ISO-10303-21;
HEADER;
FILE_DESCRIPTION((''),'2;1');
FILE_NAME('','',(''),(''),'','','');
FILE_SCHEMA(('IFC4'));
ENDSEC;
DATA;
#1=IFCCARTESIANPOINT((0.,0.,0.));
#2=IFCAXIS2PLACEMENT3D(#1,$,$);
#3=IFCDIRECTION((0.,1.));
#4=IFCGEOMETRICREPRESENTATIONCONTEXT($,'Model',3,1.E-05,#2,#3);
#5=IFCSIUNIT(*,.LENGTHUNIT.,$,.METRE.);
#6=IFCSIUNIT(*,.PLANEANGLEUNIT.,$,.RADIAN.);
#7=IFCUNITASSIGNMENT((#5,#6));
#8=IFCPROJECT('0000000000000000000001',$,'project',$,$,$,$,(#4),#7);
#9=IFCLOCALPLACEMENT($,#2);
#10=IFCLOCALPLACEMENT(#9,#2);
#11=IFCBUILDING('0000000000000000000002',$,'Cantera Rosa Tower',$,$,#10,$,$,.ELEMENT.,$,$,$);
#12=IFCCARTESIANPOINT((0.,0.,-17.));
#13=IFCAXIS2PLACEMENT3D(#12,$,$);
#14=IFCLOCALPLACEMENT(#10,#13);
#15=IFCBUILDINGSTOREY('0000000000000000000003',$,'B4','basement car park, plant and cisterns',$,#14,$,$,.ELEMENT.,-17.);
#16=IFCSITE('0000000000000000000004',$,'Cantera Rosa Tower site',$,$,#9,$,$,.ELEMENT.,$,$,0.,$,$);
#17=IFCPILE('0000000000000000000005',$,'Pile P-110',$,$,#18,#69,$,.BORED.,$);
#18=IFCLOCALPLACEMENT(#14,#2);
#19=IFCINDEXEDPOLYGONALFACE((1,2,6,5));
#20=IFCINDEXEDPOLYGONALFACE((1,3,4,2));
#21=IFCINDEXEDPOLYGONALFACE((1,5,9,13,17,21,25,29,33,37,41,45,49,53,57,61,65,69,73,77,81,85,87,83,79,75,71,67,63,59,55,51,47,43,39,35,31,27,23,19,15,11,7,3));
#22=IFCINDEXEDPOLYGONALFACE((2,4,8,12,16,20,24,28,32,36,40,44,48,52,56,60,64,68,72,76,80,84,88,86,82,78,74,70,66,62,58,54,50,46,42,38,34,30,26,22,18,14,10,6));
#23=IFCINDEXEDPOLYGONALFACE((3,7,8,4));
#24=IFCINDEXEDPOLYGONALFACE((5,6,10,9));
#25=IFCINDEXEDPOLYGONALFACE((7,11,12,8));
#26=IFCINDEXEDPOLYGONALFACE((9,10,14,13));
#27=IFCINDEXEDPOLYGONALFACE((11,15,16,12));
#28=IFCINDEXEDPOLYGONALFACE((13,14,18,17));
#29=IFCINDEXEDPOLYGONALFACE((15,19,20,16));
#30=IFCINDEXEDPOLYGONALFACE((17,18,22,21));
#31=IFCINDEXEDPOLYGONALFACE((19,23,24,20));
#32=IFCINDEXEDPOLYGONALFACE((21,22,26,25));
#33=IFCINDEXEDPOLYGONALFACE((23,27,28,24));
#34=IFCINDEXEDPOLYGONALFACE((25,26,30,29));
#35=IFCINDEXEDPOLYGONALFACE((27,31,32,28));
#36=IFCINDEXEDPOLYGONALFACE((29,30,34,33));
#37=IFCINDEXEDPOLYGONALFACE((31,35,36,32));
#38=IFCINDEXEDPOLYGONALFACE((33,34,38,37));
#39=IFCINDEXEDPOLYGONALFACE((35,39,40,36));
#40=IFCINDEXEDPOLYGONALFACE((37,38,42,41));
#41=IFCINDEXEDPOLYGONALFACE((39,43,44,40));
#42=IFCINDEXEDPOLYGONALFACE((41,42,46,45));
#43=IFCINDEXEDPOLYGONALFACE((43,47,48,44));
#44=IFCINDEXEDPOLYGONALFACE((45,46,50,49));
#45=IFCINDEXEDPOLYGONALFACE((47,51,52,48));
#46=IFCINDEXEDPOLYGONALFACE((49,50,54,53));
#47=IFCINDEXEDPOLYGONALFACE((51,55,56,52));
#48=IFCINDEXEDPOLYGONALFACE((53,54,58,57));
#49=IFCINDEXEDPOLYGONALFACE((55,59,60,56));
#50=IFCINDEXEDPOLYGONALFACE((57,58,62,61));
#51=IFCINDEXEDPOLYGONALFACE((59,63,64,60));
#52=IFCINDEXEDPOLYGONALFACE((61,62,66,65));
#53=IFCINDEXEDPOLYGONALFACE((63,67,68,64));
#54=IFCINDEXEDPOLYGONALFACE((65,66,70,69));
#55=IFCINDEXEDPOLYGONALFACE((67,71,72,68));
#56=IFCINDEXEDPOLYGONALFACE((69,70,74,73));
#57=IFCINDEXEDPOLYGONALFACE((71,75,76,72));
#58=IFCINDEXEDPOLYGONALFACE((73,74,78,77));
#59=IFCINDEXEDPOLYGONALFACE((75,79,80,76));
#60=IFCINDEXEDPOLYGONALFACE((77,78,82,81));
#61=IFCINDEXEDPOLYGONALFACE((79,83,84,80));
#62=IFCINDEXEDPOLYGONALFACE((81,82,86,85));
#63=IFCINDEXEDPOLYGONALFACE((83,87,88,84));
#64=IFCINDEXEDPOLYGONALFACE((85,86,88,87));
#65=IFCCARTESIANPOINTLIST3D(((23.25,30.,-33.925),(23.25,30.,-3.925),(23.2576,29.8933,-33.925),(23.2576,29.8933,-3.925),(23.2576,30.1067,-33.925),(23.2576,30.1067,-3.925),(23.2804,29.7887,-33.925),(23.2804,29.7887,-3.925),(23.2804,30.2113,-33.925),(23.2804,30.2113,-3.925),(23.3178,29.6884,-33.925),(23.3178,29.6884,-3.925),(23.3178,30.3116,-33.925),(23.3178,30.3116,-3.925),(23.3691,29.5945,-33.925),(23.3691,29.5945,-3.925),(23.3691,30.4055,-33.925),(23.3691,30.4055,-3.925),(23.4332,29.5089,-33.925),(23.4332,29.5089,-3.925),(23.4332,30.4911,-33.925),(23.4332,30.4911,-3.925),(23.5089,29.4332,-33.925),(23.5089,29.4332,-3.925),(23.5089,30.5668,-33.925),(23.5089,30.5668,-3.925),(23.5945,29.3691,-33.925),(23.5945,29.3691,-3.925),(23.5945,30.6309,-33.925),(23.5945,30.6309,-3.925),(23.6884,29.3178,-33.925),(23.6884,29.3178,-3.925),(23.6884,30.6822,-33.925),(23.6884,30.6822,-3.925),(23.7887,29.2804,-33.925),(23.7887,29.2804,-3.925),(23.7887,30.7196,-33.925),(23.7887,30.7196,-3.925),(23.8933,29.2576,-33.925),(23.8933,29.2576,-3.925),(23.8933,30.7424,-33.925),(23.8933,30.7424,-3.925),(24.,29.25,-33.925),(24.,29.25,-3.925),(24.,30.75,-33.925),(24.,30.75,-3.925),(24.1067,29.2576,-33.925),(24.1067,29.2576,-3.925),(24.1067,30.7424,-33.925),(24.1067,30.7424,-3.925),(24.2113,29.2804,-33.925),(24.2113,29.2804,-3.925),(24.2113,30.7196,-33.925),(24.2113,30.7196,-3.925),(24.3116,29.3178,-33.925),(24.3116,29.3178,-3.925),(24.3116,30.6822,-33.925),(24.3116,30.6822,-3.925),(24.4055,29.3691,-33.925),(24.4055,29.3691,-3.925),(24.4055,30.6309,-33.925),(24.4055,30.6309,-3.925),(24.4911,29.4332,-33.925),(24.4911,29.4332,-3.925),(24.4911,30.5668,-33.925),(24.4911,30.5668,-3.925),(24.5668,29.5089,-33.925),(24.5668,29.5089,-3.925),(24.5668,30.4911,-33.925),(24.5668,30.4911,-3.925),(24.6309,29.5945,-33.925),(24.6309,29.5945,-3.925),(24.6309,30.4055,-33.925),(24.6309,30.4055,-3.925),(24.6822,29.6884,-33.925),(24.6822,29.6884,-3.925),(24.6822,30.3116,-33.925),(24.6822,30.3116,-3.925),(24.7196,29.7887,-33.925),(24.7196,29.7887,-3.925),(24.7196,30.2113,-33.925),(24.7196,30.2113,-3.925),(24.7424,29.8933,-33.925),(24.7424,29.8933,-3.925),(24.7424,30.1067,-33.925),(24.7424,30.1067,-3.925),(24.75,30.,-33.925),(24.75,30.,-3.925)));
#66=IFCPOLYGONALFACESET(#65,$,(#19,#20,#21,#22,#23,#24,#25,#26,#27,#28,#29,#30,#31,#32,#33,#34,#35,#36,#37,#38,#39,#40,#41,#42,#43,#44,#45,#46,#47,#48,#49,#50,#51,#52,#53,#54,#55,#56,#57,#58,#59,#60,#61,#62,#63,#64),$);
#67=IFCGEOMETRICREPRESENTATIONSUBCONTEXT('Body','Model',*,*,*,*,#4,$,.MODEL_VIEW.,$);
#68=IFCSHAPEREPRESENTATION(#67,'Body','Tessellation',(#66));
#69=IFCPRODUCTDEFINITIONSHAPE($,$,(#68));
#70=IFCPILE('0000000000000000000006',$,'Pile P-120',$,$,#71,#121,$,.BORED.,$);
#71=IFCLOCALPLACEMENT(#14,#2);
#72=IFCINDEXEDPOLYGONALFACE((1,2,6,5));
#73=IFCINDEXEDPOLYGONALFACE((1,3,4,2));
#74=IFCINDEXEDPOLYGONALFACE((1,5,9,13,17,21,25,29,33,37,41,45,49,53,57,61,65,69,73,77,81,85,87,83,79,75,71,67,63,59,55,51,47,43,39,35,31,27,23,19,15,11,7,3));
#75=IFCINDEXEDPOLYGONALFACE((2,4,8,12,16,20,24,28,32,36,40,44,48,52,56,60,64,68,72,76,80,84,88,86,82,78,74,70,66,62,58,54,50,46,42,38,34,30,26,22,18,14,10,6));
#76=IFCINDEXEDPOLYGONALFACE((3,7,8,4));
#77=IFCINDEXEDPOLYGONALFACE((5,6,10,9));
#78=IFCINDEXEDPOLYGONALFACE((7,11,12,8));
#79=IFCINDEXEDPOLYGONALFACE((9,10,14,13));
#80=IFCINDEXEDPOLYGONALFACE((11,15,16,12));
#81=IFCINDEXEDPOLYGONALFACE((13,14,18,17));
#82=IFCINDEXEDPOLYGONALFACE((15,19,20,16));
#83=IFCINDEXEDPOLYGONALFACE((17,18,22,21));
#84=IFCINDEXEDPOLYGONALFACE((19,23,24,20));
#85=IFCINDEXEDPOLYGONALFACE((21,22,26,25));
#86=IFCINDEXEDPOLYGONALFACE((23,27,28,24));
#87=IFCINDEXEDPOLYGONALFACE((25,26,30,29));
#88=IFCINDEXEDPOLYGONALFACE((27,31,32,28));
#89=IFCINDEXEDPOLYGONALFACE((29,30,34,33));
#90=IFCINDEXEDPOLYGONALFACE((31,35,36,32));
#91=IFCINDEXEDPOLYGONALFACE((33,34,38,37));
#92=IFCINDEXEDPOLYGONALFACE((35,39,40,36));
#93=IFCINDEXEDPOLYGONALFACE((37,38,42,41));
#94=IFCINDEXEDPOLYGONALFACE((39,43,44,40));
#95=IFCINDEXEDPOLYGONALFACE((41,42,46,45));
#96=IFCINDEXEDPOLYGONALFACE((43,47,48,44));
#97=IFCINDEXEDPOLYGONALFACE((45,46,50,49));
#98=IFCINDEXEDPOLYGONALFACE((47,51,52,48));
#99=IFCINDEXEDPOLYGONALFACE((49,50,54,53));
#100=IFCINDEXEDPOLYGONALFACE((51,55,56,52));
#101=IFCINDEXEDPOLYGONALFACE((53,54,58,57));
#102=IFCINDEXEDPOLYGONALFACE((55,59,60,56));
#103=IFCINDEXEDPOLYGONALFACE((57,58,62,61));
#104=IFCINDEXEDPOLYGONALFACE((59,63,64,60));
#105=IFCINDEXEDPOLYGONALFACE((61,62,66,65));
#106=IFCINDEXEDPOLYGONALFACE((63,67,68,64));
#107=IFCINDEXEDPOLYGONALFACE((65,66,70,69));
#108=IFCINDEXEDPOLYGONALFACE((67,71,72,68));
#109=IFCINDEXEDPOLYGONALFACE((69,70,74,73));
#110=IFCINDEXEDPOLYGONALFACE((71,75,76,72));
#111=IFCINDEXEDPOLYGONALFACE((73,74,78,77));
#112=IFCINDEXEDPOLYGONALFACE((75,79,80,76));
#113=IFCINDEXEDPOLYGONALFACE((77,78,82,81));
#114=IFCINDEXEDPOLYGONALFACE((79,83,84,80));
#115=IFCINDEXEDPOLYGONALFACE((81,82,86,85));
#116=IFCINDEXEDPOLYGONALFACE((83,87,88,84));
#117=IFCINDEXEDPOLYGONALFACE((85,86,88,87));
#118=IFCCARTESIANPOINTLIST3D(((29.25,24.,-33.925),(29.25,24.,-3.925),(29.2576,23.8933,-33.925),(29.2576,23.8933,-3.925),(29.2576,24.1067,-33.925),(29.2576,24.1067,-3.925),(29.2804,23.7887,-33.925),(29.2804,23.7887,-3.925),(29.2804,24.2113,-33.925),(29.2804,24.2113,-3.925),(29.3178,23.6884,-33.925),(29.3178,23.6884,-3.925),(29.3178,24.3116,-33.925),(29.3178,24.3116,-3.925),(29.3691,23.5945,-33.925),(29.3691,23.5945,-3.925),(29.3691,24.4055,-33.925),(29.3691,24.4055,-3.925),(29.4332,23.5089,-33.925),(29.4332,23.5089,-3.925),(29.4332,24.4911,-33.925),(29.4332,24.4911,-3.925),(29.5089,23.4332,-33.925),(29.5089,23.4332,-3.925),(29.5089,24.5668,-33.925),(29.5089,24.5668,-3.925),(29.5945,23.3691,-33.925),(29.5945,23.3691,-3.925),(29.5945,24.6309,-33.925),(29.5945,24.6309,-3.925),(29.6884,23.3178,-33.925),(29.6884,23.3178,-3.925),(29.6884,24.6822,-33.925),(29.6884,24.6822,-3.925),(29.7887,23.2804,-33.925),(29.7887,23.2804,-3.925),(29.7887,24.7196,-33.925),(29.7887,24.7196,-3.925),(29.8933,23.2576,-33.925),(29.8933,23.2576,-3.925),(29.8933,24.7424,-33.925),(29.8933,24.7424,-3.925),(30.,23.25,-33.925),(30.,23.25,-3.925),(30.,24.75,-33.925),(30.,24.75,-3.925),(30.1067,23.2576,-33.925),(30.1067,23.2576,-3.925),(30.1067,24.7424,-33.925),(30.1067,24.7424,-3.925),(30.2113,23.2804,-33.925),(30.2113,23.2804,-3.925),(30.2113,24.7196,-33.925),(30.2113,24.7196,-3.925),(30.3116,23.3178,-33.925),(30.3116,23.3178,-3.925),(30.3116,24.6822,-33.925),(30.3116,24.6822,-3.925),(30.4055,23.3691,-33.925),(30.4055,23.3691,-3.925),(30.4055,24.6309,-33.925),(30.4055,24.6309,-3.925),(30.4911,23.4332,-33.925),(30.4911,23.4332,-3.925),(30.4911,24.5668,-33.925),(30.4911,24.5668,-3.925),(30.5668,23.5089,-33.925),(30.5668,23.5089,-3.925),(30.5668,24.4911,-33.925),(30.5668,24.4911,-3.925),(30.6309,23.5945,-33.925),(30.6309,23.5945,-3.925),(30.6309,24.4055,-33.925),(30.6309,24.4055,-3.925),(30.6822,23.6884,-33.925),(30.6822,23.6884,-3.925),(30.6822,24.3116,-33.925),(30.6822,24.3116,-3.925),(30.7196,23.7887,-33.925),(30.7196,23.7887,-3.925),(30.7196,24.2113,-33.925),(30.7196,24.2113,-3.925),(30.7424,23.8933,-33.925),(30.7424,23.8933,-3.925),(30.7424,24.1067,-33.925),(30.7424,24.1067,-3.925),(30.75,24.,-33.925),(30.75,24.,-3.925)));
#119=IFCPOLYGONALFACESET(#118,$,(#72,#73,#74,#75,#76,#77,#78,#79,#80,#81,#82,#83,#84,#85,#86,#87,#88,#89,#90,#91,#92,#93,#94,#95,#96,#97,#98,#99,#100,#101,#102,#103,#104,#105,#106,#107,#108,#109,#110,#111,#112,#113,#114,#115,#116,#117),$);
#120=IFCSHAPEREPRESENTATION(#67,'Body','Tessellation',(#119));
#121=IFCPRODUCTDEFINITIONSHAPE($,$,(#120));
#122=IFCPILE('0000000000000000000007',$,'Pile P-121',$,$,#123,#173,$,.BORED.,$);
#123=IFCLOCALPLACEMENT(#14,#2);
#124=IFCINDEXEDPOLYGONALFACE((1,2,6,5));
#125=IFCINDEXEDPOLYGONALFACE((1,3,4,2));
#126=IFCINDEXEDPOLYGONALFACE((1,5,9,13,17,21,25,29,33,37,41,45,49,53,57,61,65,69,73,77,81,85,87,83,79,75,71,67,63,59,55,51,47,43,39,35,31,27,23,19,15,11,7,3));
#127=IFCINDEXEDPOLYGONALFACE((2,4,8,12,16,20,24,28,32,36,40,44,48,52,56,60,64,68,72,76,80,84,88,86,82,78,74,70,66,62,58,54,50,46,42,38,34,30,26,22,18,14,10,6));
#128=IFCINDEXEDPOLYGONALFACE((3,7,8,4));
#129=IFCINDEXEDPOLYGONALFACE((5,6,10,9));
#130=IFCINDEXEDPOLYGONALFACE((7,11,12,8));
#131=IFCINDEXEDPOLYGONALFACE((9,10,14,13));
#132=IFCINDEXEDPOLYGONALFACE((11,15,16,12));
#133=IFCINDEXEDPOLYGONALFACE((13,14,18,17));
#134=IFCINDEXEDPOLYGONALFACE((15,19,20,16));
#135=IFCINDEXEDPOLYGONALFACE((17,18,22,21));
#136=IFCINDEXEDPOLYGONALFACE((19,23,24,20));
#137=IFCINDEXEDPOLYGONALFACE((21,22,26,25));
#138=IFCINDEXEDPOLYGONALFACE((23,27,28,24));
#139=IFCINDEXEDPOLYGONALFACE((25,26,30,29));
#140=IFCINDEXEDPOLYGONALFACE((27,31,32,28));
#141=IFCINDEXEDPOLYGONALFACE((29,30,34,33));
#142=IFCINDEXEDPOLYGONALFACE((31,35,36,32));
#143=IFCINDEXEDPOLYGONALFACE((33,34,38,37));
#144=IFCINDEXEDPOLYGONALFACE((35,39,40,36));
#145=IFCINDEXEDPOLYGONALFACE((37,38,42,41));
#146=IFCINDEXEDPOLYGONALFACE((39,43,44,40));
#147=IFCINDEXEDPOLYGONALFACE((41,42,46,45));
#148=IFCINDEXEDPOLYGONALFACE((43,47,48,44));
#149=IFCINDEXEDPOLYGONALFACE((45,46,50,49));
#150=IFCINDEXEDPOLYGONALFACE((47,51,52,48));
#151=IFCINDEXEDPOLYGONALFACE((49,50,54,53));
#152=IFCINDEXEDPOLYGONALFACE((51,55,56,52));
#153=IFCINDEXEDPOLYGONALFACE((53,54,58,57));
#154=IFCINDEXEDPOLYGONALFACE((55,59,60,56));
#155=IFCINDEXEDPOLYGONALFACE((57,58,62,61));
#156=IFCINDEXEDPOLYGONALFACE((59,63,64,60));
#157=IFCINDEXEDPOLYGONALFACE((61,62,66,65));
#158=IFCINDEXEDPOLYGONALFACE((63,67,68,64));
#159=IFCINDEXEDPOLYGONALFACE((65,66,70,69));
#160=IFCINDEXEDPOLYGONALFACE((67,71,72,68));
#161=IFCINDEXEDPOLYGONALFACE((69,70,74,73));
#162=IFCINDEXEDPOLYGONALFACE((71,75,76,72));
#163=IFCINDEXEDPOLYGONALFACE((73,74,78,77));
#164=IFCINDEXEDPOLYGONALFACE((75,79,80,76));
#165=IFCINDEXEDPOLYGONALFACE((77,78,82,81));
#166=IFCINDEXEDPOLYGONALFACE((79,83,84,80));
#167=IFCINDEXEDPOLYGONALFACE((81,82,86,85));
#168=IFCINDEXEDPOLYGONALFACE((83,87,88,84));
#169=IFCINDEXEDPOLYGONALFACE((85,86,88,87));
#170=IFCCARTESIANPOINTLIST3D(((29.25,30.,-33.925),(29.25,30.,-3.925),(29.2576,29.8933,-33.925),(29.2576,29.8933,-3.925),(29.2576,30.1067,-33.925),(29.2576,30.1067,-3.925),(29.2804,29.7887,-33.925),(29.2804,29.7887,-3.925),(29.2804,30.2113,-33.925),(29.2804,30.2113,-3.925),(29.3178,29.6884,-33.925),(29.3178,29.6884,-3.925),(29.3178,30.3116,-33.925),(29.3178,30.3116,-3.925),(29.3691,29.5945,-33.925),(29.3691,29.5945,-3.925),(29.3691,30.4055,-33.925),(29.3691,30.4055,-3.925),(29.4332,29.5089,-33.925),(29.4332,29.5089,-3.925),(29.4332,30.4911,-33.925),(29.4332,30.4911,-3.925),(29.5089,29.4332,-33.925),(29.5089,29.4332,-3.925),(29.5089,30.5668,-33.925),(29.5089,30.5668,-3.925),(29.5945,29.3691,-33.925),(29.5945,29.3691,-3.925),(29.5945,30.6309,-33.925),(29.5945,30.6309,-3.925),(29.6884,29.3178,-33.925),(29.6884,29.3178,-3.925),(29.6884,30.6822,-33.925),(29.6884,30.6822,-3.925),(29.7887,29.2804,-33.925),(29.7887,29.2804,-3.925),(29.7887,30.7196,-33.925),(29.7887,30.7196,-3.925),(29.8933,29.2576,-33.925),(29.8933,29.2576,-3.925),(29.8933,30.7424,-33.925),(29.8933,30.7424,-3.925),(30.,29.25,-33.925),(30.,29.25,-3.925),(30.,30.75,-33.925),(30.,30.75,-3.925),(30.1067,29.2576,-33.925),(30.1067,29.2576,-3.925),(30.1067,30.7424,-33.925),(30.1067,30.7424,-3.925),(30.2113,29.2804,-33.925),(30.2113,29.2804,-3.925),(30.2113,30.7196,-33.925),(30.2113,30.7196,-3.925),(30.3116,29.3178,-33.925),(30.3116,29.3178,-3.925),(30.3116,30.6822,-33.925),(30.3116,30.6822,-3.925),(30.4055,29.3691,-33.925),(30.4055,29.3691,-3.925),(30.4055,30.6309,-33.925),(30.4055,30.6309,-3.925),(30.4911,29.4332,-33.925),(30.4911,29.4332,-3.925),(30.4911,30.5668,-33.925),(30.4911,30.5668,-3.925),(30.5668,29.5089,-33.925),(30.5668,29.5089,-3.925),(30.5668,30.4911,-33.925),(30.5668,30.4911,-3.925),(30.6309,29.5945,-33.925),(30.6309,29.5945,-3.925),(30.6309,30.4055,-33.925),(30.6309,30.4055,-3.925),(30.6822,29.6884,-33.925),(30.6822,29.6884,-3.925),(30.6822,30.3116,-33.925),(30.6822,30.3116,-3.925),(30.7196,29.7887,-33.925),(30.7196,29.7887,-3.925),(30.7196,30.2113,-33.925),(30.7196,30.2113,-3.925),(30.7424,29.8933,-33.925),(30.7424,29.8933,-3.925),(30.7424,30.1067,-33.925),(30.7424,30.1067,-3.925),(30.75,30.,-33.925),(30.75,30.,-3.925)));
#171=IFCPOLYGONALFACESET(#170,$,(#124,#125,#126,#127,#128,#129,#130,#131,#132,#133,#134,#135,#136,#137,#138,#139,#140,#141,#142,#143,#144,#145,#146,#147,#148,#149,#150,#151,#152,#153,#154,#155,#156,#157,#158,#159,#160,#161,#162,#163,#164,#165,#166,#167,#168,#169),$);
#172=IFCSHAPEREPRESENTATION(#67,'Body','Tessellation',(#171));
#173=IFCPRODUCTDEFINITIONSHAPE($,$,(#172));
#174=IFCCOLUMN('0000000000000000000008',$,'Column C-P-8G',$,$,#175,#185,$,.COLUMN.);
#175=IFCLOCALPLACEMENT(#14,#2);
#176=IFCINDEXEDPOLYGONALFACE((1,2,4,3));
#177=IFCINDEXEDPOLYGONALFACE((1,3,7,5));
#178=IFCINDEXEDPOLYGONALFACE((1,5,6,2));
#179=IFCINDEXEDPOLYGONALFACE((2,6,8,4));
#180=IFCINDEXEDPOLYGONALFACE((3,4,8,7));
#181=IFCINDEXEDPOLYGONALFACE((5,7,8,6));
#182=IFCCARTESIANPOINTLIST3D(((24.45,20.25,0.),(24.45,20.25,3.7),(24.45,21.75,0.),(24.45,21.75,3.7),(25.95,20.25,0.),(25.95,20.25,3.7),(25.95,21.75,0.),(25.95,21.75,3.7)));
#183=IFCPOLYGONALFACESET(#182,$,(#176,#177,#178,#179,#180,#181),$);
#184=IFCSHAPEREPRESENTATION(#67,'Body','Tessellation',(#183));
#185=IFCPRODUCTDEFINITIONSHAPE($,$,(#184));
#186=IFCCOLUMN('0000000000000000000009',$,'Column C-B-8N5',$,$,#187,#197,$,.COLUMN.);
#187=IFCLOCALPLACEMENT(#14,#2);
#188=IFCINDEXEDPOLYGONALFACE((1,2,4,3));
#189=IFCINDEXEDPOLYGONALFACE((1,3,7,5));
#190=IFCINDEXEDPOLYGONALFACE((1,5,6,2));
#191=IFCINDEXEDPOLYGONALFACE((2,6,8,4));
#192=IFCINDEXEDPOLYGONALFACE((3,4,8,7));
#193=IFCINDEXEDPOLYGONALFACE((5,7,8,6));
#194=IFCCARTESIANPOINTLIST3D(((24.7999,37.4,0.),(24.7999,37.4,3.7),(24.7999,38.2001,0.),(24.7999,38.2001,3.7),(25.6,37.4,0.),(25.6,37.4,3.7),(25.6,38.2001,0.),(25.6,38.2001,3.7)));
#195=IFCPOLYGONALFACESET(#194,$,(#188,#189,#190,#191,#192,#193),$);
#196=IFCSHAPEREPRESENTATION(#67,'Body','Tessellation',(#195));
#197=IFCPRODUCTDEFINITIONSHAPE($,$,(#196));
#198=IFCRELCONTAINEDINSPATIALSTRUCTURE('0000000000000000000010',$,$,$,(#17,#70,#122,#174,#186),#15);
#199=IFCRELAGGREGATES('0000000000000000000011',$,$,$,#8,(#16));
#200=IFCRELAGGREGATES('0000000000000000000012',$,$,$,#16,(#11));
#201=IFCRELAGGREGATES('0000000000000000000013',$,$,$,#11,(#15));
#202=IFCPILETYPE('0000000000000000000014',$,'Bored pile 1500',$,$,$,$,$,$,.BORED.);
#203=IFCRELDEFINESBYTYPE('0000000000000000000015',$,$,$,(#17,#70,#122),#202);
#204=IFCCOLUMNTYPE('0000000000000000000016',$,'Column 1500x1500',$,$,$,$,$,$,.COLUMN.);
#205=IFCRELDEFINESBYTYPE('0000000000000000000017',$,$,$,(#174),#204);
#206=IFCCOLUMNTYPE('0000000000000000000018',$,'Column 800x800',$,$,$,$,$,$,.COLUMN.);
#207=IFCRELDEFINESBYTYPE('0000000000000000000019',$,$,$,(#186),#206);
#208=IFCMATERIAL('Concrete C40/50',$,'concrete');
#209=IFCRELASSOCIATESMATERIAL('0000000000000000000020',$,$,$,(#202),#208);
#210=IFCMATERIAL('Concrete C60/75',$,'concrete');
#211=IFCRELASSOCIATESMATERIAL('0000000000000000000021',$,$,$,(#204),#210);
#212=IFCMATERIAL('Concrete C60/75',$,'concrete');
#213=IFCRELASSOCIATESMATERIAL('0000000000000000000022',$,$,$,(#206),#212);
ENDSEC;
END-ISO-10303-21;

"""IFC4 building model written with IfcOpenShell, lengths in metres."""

from ifc_helpers import new_model, si_unit, direction, frame, origin, origin_2d, place, context, subcontext, project, spatial, rectangle, circle, extrude, material, material_profile, profile_set, type_object, element, save


model = new_model("IFC4")

# Units and contexts
model_context = context("Model", 3, precision=1e-05, world=origin(), true_north=direction((0.0, 1.0)))
body_context = subcontext(model_context, "Body", "Model", "MODEL_VIEW")
ifc_project = project(units=[si_unit("LENGTHUNIT", "METRE"), si_unit("PLANEANGLEUNIT", "RADIAN")], contexts=[model_context])

# Site, building, storey
site_placement = place(None, origin())
site = spatial("IfcSite", under=ifc_project, at=site_placement, Name="Cantera Rosa Tower site", CompositionType="ELEMENT", RefElevation=0.0)
building_placement = place(site_placement, origin())
building = spatial("IfcBuilding", under=site, at=building_placement, Name="Cantera Rosa Tower", CompositionType="ELEMENT")
storey_placement = place(building_placement, frame((0.0, 0.0, -17.0)))
storey = spatial("IfcBuildingStorey", under=building, at=storey_placement, Name="B4", Description="basement car park, plant and cisterns", CompositionType="ELEMENT", Elevation=-17.0)

# Piles
ifc_material_1 = material(Name="Concrete C40/50", Category="concrete")
ifc_material_profile_1 = material_profile(ifc_material_1, circle(Radius=0.75, at=origin_2d()), Name="Bored pile 1500")
ifc_profile_set_1 = profile_set([ifc_material_profile_1], Name="Concrete C40/50")
pile_type = type_object("IfcPileType", Name="Bored pile 1500", PredefinedType="BORED", material=ifc_profile_set_1)
for number, where, z_axis, x_axis, name in (
    (1, (24.0, 30.0, -3.925), (0.0, 0.0, -1.0), (1.0, 0.0, 0.0), "Pile P-110"),
    (2, (30.0, 24.0, -3.925), (0.0, 0.0, -1.0), (1.0, 0.0, 0.0), "Pile P-120"),
    (3, (30.0, 30.0, -3.925), (0.0, 0.0, -1.0), (1.0, 0.0, 0.0), "Pile P-121"),
):
    element("IfcPile", number, at=place(storey_placement, frame(where, z_axis=z_axis, x_axis=x_axis)), inside=storey, type_object=pile_type, Name=name, PredefinedType="BORED", context=body_context, shape_type="SweptSolid", body=[
        extrude(circle(Radius=0.75, at=origin_2d()), origin(), (0.0, 0.0, 1.0), 30.0),
    ])

# Columns
ifc_material_2 = material(Name="Concrete C60/75", Category="concrete")
ifc_material_profile_2 = material_profile(ifc_material_2, rectangle(XDim=1.5, YDim=1.5, at=origin_2d()), Name="Column 1500x1500")
ifc_profile_set_2 = profile_set([ifc_material_profile_2], Name="Concrete C60/75")
column_type_1 = type_object("IfcColumnType", Name="Column 1500x1500", PredefinedType="COLUMN", material=ifc_profile_set_2)
column_placement = place(storey_placement, frame((25.2, 21.0, 0.0), z_axis=(0.0, 0.0, 1.0), x_axis=(1.0, 0.0, 0.0)))
element("IfcColumn", 4, at=column_placement, inside=storey, type_object=column_type_1, Name="Column C-P-8G", PredefinedType="COLUMN", context=body_context, shape_type="SweptSolid", body=[
    extrude(rectangle(XDim=1.5, YDim=1.5, at=origin_2d()), origin(), (0.0, 0.0, 1.0), 3.7),
])
ifc_material_3 = material(Name="Concrete C60/75", Category="concrete")
ifc_material_profile_3 = material_profile(ifc_material_3, rectangle(XDim=0.8, YDim=0.8, at=origin_2d()), Name="Column 800x800")
ifc_profile_set_3 = profile_set([ifc_material_profile_3], Name="Concrete C60/75")
column_type_2 = type_object("IfcColumnType", Name="Column 800x800", PredefinedType="COLUMN", material=ifc_profile_set_3)
for number, where, z_axis, x_axis, name in (
    (5, (25.2, 37.8, 0.0), (0.0, 0.0, 1.0), (1.0, 0.0, 0.0), "Column C-B-8N5"),
):
    element("IfcColumn", number, at=place(storey_placement, frame(where, z_axis=z_axis, x_axis=x_axis)), inside=storey, type_object=column_type_2, Name=name, PredefinedType="COLUMN", context=body_context, shape_type="SweptSolid", body=[
        extrude(rectangle(XDim=0.8, YDim=0.8, at=origin_2d()), origin(), (0.0, 0.0, 1.0), 3.7),
    ])

save(model, "model.ifc")
